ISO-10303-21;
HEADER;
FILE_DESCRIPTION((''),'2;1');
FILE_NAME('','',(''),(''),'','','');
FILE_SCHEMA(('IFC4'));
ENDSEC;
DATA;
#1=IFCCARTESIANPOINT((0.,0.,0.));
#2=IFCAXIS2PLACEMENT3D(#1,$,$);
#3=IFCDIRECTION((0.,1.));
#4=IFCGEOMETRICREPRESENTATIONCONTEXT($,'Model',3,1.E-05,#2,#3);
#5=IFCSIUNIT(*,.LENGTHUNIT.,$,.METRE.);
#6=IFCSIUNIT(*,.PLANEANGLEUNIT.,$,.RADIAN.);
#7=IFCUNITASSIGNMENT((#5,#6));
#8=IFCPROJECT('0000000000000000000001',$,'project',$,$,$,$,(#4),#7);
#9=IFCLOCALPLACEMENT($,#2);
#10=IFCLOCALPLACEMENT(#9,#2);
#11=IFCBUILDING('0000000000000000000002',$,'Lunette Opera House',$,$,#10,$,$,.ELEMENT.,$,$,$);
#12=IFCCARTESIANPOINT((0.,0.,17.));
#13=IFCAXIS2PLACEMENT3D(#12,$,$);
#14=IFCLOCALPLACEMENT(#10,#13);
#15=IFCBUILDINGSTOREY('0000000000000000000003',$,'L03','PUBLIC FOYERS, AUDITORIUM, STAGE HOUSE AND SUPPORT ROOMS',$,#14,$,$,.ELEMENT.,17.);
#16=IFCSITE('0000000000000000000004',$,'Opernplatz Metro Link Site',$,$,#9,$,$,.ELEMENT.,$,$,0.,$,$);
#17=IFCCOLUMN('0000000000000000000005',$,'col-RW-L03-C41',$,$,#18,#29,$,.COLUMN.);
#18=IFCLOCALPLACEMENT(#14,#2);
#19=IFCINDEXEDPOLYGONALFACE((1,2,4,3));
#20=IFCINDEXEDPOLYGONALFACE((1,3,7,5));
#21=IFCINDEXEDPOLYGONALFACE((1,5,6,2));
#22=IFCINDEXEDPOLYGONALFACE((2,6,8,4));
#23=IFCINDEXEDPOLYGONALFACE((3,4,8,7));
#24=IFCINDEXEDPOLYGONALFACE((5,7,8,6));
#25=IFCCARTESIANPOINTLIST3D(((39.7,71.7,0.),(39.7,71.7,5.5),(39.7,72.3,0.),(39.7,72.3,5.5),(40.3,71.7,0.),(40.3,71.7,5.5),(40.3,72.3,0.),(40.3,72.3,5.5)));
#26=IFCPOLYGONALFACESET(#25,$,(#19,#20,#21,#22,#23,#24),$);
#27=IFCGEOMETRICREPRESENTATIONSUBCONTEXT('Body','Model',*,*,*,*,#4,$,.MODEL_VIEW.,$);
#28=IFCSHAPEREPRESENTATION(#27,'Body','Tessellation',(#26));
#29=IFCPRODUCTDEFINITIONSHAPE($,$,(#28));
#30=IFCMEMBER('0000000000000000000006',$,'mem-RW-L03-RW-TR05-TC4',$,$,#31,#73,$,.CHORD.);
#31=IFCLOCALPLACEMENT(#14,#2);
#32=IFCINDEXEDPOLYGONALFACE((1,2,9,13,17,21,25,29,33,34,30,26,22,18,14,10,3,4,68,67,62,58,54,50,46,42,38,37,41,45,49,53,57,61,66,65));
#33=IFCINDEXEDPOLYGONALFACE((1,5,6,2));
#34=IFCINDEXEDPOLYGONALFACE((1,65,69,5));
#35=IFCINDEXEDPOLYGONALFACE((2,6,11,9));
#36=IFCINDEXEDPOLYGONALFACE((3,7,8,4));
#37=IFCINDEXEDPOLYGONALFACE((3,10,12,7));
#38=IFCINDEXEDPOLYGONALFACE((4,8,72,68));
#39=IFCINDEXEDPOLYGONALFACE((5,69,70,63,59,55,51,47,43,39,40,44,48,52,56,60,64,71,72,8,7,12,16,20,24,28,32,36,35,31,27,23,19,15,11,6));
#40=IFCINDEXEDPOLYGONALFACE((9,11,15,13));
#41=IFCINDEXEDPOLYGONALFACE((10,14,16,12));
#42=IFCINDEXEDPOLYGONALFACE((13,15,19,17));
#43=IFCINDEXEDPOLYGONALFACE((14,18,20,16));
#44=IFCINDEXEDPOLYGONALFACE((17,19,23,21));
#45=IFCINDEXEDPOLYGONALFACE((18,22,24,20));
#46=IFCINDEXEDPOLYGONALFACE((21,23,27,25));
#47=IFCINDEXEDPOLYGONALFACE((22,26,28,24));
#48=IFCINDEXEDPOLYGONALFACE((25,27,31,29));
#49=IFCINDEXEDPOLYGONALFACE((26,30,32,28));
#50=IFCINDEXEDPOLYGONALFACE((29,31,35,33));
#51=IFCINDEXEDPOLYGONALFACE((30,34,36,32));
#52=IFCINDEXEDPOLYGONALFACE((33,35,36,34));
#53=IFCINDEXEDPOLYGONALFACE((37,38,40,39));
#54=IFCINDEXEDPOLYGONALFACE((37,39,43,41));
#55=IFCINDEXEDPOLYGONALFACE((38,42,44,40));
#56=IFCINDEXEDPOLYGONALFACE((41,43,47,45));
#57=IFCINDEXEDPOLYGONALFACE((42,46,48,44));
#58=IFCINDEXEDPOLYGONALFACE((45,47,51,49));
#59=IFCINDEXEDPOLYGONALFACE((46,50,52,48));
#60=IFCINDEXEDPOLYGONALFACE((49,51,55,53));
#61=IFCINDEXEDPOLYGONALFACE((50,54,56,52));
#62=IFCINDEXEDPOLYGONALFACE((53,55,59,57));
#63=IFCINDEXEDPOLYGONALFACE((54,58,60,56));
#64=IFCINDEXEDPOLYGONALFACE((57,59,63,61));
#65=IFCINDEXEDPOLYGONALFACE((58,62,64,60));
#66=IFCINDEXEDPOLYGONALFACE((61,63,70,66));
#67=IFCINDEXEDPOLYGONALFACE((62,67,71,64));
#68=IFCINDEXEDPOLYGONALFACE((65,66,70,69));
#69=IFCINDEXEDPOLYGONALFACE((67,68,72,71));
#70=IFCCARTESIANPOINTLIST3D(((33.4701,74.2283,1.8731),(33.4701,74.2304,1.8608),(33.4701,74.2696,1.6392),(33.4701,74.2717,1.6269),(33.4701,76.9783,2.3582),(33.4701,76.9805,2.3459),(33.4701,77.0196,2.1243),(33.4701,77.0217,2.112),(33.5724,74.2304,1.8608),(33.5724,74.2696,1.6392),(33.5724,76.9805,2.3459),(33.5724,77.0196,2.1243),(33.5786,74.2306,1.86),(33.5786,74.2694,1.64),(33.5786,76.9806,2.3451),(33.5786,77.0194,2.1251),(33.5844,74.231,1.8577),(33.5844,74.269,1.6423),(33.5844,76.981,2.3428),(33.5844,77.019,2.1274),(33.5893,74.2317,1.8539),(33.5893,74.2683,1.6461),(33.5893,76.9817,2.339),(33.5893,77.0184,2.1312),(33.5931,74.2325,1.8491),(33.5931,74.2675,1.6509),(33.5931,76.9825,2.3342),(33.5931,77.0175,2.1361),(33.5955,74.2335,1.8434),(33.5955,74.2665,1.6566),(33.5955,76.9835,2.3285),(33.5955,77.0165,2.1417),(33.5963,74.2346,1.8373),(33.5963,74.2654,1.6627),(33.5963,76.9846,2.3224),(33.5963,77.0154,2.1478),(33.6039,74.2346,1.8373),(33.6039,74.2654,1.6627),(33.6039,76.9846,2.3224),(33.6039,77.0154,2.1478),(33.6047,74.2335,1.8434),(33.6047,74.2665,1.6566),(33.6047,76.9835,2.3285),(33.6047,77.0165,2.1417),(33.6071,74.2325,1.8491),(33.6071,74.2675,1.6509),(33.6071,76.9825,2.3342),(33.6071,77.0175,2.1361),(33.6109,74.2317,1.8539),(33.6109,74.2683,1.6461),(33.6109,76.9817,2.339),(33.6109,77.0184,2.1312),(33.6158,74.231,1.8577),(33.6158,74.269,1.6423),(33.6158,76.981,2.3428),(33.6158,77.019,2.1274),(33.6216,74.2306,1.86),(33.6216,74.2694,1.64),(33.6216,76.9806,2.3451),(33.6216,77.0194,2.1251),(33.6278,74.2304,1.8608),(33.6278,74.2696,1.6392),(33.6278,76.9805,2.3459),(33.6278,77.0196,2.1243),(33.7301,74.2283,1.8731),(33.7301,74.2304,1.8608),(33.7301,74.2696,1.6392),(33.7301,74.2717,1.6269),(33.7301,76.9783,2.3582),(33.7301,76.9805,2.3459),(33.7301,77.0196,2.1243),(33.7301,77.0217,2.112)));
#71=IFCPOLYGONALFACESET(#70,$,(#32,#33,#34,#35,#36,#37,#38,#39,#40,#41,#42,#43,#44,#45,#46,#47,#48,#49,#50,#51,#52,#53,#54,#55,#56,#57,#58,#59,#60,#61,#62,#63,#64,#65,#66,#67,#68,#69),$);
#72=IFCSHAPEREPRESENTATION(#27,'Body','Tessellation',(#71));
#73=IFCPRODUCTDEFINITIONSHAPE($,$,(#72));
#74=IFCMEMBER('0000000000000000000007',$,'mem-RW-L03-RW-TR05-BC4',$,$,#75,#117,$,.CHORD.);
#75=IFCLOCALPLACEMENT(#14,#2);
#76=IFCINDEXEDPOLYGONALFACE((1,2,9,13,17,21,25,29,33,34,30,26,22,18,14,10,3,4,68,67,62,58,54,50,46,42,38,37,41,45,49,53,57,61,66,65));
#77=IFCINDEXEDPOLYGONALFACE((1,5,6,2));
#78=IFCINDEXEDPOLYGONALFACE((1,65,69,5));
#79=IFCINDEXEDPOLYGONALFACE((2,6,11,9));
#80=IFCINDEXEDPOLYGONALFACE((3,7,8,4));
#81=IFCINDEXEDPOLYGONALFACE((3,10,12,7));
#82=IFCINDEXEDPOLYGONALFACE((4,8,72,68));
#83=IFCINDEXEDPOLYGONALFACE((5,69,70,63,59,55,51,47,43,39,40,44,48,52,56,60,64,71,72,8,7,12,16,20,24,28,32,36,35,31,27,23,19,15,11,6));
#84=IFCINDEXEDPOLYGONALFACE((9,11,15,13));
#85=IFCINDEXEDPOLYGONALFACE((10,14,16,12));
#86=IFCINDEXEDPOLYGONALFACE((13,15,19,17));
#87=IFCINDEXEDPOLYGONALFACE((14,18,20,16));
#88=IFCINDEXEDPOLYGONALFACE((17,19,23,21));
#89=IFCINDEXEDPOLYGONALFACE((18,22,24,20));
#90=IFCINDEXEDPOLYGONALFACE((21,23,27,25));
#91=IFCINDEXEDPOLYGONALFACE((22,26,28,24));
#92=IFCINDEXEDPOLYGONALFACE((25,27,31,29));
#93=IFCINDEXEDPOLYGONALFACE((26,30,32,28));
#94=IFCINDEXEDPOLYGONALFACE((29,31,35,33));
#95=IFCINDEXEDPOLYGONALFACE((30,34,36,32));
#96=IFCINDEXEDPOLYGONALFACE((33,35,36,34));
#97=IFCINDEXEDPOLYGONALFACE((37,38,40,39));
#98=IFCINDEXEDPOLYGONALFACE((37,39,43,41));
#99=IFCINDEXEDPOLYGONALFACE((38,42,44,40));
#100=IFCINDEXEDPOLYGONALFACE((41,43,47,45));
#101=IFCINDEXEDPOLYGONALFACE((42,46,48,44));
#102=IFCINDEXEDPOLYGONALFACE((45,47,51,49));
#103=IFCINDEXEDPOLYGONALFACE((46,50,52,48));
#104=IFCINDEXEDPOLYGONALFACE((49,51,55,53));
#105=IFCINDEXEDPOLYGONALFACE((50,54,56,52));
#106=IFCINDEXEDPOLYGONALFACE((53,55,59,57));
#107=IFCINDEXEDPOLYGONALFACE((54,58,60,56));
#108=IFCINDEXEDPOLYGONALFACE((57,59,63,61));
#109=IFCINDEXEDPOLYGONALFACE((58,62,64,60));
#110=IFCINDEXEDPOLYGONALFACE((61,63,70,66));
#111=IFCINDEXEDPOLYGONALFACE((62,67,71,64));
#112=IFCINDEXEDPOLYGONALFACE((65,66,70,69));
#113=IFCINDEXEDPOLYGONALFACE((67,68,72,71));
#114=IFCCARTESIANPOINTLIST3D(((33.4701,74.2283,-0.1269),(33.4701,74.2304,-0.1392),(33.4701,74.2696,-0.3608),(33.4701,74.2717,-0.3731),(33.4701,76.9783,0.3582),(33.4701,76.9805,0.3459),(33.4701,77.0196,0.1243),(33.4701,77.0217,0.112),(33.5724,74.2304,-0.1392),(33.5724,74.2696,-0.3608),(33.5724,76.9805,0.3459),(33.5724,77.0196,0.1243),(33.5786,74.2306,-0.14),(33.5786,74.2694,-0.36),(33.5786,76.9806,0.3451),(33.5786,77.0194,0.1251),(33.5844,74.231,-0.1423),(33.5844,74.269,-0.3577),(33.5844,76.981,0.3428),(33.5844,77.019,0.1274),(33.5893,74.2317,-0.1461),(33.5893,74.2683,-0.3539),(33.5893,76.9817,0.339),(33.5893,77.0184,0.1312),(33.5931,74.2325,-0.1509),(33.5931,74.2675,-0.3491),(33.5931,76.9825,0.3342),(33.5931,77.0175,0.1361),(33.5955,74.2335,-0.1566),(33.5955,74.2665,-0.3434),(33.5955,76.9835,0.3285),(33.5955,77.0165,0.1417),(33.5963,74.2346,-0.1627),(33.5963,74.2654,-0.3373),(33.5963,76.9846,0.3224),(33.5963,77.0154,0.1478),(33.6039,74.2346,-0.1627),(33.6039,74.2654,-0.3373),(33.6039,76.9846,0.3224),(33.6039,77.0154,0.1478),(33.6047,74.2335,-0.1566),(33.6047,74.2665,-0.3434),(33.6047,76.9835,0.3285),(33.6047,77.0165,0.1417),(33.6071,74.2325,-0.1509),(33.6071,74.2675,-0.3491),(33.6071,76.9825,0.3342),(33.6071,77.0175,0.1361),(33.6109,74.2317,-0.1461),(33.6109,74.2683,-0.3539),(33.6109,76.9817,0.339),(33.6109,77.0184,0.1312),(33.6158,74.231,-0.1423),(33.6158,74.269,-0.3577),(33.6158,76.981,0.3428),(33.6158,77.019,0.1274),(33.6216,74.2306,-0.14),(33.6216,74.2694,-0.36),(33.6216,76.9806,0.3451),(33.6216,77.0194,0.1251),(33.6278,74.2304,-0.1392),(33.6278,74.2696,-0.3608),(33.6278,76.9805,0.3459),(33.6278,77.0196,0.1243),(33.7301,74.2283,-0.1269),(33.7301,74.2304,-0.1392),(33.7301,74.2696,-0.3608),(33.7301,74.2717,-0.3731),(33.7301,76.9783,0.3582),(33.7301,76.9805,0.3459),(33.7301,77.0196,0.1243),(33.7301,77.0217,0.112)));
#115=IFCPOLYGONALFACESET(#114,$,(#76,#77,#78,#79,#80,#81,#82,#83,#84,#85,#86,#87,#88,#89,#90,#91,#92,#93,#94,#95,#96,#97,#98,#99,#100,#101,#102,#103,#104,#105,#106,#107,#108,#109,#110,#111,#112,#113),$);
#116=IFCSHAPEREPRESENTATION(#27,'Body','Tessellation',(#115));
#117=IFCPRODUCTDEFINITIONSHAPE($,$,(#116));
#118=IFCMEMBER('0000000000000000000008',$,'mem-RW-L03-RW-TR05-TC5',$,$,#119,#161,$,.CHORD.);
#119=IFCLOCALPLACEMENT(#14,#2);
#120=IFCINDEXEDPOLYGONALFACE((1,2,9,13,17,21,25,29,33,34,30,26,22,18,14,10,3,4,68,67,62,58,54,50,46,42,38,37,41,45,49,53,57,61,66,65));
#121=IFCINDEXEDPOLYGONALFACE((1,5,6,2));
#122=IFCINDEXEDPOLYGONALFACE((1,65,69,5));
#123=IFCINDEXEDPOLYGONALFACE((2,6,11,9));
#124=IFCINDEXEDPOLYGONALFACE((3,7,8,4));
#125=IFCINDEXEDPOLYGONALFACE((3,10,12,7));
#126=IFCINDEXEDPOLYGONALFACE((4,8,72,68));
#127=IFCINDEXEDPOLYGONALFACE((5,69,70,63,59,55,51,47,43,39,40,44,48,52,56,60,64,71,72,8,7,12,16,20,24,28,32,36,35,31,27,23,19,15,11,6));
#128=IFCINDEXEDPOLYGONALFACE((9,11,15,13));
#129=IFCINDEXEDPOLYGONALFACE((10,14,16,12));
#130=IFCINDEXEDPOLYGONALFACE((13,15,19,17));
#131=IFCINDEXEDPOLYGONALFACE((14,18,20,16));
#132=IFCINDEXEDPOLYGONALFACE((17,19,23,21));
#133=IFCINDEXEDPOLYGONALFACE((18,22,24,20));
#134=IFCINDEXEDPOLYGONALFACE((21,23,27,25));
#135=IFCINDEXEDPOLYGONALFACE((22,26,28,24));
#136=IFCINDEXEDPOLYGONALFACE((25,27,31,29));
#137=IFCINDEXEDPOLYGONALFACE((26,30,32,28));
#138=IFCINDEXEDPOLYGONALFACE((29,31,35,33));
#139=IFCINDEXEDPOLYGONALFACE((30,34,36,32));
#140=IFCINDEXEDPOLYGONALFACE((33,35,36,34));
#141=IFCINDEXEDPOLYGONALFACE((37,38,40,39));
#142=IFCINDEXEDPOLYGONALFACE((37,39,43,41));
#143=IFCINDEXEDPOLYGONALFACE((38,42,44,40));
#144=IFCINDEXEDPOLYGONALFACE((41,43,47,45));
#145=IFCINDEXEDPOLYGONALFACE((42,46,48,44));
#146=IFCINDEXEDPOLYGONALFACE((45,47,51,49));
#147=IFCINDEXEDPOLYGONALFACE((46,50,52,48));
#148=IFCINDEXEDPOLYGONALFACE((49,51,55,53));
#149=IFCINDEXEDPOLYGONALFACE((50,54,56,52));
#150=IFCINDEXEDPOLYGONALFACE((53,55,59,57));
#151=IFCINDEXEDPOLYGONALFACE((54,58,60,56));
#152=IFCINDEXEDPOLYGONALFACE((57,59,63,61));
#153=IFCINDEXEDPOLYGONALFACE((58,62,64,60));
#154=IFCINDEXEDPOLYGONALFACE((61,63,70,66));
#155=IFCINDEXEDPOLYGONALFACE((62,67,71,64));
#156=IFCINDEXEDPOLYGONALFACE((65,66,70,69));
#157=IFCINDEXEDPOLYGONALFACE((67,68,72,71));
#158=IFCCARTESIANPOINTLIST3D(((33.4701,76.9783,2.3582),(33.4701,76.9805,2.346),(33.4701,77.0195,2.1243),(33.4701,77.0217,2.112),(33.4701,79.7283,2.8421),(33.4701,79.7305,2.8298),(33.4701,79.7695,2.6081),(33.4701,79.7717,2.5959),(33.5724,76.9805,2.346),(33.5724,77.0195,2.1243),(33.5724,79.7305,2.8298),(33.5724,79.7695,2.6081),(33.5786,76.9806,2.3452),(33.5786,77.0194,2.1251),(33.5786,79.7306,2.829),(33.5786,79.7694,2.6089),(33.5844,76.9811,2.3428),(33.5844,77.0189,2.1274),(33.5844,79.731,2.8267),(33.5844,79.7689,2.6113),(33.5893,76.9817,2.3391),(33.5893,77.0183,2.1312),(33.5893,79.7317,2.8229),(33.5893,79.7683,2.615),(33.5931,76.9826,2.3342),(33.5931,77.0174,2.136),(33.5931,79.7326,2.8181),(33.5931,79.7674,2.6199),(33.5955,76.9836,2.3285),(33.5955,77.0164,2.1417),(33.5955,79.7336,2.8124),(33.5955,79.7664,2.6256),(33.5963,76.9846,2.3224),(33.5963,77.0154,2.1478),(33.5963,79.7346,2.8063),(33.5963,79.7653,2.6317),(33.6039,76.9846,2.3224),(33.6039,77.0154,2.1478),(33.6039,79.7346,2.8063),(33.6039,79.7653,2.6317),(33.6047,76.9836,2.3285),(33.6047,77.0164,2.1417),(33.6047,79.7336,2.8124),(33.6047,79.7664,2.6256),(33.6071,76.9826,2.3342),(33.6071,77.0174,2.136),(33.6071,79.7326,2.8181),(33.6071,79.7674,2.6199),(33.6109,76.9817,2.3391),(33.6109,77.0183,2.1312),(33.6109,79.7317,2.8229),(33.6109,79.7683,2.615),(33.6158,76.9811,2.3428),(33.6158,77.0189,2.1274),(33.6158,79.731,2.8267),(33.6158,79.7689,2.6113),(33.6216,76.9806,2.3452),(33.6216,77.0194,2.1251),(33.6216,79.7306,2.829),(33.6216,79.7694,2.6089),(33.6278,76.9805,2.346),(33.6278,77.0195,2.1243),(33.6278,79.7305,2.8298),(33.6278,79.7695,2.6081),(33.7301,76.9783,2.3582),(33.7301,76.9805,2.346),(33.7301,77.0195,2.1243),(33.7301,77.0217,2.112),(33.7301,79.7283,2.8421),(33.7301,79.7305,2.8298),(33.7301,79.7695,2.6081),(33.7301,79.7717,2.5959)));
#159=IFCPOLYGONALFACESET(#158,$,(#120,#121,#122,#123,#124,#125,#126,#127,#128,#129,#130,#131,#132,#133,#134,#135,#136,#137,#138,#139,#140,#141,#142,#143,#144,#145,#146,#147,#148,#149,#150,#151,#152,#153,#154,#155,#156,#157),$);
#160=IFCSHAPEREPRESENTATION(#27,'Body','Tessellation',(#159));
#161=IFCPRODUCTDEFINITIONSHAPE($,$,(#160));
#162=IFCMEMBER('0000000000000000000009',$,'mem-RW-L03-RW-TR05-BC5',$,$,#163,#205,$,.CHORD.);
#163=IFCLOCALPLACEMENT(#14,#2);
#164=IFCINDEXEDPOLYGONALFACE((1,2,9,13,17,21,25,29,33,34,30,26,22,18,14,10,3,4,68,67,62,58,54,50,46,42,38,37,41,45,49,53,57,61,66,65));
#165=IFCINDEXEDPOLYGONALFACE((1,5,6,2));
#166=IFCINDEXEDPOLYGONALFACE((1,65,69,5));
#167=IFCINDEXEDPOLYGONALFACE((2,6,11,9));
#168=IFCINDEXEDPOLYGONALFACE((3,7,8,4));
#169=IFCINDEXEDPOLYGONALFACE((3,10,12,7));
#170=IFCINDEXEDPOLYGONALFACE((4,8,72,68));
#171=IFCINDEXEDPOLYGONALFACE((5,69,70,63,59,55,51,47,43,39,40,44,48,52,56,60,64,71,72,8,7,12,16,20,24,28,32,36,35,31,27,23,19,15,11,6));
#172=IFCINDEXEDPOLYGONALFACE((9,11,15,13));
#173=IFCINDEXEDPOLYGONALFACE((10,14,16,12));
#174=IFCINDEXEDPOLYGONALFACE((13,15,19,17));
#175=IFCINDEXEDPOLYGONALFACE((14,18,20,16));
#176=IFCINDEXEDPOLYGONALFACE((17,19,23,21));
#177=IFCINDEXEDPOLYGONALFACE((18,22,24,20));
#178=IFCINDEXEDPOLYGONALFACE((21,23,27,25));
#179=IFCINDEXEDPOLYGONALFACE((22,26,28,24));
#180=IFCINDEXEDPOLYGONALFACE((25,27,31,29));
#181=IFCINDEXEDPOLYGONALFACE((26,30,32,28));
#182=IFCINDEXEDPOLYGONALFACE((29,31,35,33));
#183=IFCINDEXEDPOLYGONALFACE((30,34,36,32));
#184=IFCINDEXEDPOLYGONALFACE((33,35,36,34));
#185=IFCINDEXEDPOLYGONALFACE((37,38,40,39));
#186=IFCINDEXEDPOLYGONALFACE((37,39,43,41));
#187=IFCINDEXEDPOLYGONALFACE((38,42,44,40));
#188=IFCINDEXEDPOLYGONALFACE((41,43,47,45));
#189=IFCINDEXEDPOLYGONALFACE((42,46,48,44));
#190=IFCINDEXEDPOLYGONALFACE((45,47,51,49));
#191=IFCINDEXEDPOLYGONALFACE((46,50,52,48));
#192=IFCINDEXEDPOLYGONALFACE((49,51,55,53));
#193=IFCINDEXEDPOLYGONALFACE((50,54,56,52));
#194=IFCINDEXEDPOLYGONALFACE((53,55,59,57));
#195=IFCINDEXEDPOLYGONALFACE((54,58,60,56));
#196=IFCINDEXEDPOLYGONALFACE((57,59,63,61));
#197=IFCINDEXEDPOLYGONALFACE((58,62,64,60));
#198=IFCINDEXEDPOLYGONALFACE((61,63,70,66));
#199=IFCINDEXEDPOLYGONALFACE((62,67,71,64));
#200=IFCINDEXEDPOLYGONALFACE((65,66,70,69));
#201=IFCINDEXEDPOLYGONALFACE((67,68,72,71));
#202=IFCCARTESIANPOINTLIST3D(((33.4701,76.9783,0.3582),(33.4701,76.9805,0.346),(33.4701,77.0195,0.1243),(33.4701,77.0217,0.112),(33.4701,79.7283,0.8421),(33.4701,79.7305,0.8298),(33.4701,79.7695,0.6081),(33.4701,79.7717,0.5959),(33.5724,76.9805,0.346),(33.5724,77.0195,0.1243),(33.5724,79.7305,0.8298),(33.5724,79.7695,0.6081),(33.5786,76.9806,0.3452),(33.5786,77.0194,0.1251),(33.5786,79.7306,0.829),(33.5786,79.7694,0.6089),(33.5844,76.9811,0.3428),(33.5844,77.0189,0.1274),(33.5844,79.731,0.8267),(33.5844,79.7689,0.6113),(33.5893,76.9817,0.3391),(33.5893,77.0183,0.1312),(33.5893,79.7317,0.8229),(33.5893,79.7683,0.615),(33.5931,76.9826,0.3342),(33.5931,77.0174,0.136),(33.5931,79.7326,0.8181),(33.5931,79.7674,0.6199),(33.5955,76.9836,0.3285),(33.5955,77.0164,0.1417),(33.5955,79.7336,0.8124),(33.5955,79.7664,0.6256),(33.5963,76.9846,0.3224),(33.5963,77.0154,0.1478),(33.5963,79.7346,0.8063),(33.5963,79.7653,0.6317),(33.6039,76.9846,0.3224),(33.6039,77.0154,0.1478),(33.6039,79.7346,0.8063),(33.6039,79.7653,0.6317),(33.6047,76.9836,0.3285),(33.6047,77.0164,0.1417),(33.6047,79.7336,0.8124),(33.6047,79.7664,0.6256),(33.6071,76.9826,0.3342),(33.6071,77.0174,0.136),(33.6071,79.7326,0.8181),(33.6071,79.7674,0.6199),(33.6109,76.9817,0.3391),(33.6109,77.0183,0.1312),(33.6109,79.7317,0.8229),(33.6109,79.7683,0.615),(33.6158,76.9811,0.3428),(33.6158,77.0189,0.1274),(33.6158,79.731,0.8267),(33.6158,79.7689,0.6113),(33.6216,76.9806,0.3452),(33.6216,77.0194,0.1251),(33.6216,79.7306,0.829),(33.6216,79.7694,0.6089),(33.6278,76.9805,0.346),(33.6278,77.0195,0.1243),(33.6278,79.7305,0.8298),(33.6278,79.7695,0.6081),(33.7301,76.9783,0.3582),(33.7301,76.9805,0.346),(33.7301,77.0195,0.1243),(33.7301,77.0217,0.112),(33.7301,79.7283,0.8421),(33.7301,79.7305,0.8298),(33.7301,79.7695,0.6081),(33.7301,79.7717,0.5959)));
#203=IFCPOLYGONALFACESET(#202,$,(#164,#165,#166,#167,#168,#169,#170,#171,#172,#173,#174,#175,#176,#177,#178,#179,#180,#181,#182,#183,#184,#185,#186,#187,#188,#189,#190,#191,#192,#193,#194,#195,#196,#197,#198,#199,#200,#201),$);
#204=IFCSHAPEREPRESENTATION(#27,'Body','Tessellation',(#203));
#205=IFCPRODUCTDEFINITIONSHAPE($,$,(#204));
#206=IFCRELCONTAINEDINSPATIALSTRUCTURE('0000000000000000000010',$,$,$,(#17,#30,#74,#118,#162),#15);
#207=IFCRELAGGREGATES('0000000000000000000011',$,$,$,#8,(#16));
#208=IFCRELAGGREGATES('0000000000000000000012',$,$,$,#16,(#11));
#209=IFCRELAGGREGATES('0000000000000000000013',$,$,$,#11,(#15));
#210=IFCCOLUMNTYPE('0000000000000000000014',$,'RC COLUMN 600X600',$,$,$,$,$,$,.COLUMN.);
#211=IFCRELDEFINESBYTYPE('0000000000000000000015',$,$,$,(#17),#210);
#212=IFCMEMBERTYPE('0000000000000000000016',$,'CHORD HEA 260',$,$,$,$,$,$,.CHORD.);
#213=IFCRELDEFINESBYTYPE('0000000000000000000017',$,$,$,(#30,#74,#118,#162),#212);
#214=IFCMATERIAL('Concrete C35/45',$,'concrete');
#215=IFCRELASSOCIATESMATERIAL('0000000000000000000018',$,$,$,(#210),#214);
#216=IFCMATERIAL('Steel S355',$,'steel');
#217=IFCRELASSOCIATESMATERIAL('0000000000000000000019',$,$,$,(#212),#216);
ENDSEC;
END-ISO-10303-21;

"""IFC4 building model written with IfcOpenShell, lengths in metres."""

from ifc_helpers import new_model, si_unit, direction, frame, origin, origin_2d, place, context, subcontext, project, spatial, rectangle, i_section, extrude, material, material_profile, profile_set, type_object, element, save


model = new_model("IFC4")

# Units and contexts
model_context = context("Model", 3, precision=1e-05, world=origin(), true_north=direction((0.0, 1.0)))
body_context = subcontext(model_context, "Body", "Model", "MODEL_VIEW")
ifc_project = project(units=[si_unit("LENGTHUNIT", "METRE"), si_unit("PLANEANGLEUNIT", "RADIAN")], contexts=[model_context])

# Site, building, storey
site_placement = place(None, origin())
site = spatial("IfcSite", under=ifc_project, at=site_placement, Name="Opernplatz Metro Link Site", CompositionType="ELEMENT", RefElevation=0.0)
building_placement = place(site_placement, origin())
building = spatial("IfcBuilding", under=site, at=building_placement, Name="Lunette Opera House", CompositionType="ELEMENT")
storey_placement = place(building_placement, frame((0.0, 0.0, 17.0)))
storey = spatial("IfcBuildingStorey", under=building, at=storey_placement, Name="L03", Description="PUBLIC FOYERS, AUDITORIUM, STAGE HOUSE AND SUPPORT ROOMS", CompositionType="ELEMENT", Elevation=17.0)

# Column
ifc_material_1 = material(Name="Concrete C35/45", Category="concrete")
ifc_material_profile_1 = material_profile(ifc_material_1, rectangle(XDim=0.6001, YDim=0.6001, at=origin_2d()), Name="RC COLUMN 600X600")
ifc_profile_set_1 = profile_set([ifc_material_profile_1], Name="Concrete C35/45")
column_type = type_object("IfcColumnType", Name="RC COLUMN 600X600", PredefinedType="COLUMN", material=ifc_profile_set_1)
column_placement = place(storey_placement, frame((40.0, 72.0, 0.0), z_axis=(0.0, 0.0, 1.0), x_axis=(1.0, 0.0, 0.0)))
element("IfcColumn", 1, at=column_placement, inside=storey, type_object=column_type, Name="col-RW-L03-C41", PredefinedType="COLUMN", context=body_context, shape_type="SweptSolid", body=[
    extrude(rectangle(XDim=0.6001, YDim=0.6001, at=origin_2d()), origin(), (0.0, 0.0, 1.0), 5.5),
])

# Members
ifc_material_2 = material(Name="Steel S355", Category="steel")
ifc_material_profile_2 = material_profile(ifc_material_2, i_section(OverallWidth=0.26, OverallDepth=0.25, WebThickness=0.0076, FlangeThickness=0.0125, FilletRadius=0.0239, at=origin_2d()), Name="HEA 260")
ifc_profile_set_2 = profile_set([ifc_material_profile_2], Name="Steel S355")
member_type_1 = type_object("IfcMemberType", Name="CHORD HEA 260", PredefinedType="CHORD", material=ifc_profile_set_2)
for number, where, z_axis, x_axis, name in (
    (2, (33.6001, 74.25, 1.75), (0.0, 0.984795, 0.17372), (-1.0, 0.0, 0.0), "mem-RW-L03-RW-TR05-TC4"),
    (3, (33.6001, 74.25, -0.25), (0.0, 0.984795, 0.17372), (-1.0, 0.0, 0.0), "mem-RW-L03-RW-TR05-BC4"),
):
    element("IfcMember", number, at=place(storey_placement, frame(where, z_axis=z_axis, x_axis=x_axis)), inside=storey, type_object=member_type_1, Name=name, PredefinedType="CHORD", context=body_context, shape_type="SweptSolid", body=[
        extrude(i_section(OverallWidth=0.26, OverallDepth=0.25, WebThickness=0.0076, FlangeThickness=0.0125, FilletRadius=0.0239, at=origin_2d()), origin(), (0.0, 0.0, 1.0), 2.7925),
    ])
for number, where, z_axis, x_axis, name in (
    (4, (33.6001, 77.0, 2.2351), (0.0, 0.98487, 0.173296), (-1.0, 0.0, 0.0), "mem-RW-L03-RW-TR05-TC5"),
    (5, (33.6001, 77.0, 0.2351), (0.0, 0.98487, 0.173296), (-1.0, 0.0, 0.0), "mem-RW-L03-RW-TR05-BC5"),
):
    element("IfcMember", number, at=place(storey_placement, frame(where, z_axis=z_axis, x_axis=x_axis)), inside=storey, type_object=member_type_1, Name=name, PredefinedType="CHORD", context=body_context, shape_type="SweptSolid", body=[
        extrude(i_section(OverallWidth=0.26, OverallDepth=0.25, WebThickness=0.0076, FlangeThickness=0.0125, FilletRadius=0.0239, at=origin_2d()), origin(), (0.0, 0.0, 1.0), 2.7922),
    ])

save(model, "model.ifc")
